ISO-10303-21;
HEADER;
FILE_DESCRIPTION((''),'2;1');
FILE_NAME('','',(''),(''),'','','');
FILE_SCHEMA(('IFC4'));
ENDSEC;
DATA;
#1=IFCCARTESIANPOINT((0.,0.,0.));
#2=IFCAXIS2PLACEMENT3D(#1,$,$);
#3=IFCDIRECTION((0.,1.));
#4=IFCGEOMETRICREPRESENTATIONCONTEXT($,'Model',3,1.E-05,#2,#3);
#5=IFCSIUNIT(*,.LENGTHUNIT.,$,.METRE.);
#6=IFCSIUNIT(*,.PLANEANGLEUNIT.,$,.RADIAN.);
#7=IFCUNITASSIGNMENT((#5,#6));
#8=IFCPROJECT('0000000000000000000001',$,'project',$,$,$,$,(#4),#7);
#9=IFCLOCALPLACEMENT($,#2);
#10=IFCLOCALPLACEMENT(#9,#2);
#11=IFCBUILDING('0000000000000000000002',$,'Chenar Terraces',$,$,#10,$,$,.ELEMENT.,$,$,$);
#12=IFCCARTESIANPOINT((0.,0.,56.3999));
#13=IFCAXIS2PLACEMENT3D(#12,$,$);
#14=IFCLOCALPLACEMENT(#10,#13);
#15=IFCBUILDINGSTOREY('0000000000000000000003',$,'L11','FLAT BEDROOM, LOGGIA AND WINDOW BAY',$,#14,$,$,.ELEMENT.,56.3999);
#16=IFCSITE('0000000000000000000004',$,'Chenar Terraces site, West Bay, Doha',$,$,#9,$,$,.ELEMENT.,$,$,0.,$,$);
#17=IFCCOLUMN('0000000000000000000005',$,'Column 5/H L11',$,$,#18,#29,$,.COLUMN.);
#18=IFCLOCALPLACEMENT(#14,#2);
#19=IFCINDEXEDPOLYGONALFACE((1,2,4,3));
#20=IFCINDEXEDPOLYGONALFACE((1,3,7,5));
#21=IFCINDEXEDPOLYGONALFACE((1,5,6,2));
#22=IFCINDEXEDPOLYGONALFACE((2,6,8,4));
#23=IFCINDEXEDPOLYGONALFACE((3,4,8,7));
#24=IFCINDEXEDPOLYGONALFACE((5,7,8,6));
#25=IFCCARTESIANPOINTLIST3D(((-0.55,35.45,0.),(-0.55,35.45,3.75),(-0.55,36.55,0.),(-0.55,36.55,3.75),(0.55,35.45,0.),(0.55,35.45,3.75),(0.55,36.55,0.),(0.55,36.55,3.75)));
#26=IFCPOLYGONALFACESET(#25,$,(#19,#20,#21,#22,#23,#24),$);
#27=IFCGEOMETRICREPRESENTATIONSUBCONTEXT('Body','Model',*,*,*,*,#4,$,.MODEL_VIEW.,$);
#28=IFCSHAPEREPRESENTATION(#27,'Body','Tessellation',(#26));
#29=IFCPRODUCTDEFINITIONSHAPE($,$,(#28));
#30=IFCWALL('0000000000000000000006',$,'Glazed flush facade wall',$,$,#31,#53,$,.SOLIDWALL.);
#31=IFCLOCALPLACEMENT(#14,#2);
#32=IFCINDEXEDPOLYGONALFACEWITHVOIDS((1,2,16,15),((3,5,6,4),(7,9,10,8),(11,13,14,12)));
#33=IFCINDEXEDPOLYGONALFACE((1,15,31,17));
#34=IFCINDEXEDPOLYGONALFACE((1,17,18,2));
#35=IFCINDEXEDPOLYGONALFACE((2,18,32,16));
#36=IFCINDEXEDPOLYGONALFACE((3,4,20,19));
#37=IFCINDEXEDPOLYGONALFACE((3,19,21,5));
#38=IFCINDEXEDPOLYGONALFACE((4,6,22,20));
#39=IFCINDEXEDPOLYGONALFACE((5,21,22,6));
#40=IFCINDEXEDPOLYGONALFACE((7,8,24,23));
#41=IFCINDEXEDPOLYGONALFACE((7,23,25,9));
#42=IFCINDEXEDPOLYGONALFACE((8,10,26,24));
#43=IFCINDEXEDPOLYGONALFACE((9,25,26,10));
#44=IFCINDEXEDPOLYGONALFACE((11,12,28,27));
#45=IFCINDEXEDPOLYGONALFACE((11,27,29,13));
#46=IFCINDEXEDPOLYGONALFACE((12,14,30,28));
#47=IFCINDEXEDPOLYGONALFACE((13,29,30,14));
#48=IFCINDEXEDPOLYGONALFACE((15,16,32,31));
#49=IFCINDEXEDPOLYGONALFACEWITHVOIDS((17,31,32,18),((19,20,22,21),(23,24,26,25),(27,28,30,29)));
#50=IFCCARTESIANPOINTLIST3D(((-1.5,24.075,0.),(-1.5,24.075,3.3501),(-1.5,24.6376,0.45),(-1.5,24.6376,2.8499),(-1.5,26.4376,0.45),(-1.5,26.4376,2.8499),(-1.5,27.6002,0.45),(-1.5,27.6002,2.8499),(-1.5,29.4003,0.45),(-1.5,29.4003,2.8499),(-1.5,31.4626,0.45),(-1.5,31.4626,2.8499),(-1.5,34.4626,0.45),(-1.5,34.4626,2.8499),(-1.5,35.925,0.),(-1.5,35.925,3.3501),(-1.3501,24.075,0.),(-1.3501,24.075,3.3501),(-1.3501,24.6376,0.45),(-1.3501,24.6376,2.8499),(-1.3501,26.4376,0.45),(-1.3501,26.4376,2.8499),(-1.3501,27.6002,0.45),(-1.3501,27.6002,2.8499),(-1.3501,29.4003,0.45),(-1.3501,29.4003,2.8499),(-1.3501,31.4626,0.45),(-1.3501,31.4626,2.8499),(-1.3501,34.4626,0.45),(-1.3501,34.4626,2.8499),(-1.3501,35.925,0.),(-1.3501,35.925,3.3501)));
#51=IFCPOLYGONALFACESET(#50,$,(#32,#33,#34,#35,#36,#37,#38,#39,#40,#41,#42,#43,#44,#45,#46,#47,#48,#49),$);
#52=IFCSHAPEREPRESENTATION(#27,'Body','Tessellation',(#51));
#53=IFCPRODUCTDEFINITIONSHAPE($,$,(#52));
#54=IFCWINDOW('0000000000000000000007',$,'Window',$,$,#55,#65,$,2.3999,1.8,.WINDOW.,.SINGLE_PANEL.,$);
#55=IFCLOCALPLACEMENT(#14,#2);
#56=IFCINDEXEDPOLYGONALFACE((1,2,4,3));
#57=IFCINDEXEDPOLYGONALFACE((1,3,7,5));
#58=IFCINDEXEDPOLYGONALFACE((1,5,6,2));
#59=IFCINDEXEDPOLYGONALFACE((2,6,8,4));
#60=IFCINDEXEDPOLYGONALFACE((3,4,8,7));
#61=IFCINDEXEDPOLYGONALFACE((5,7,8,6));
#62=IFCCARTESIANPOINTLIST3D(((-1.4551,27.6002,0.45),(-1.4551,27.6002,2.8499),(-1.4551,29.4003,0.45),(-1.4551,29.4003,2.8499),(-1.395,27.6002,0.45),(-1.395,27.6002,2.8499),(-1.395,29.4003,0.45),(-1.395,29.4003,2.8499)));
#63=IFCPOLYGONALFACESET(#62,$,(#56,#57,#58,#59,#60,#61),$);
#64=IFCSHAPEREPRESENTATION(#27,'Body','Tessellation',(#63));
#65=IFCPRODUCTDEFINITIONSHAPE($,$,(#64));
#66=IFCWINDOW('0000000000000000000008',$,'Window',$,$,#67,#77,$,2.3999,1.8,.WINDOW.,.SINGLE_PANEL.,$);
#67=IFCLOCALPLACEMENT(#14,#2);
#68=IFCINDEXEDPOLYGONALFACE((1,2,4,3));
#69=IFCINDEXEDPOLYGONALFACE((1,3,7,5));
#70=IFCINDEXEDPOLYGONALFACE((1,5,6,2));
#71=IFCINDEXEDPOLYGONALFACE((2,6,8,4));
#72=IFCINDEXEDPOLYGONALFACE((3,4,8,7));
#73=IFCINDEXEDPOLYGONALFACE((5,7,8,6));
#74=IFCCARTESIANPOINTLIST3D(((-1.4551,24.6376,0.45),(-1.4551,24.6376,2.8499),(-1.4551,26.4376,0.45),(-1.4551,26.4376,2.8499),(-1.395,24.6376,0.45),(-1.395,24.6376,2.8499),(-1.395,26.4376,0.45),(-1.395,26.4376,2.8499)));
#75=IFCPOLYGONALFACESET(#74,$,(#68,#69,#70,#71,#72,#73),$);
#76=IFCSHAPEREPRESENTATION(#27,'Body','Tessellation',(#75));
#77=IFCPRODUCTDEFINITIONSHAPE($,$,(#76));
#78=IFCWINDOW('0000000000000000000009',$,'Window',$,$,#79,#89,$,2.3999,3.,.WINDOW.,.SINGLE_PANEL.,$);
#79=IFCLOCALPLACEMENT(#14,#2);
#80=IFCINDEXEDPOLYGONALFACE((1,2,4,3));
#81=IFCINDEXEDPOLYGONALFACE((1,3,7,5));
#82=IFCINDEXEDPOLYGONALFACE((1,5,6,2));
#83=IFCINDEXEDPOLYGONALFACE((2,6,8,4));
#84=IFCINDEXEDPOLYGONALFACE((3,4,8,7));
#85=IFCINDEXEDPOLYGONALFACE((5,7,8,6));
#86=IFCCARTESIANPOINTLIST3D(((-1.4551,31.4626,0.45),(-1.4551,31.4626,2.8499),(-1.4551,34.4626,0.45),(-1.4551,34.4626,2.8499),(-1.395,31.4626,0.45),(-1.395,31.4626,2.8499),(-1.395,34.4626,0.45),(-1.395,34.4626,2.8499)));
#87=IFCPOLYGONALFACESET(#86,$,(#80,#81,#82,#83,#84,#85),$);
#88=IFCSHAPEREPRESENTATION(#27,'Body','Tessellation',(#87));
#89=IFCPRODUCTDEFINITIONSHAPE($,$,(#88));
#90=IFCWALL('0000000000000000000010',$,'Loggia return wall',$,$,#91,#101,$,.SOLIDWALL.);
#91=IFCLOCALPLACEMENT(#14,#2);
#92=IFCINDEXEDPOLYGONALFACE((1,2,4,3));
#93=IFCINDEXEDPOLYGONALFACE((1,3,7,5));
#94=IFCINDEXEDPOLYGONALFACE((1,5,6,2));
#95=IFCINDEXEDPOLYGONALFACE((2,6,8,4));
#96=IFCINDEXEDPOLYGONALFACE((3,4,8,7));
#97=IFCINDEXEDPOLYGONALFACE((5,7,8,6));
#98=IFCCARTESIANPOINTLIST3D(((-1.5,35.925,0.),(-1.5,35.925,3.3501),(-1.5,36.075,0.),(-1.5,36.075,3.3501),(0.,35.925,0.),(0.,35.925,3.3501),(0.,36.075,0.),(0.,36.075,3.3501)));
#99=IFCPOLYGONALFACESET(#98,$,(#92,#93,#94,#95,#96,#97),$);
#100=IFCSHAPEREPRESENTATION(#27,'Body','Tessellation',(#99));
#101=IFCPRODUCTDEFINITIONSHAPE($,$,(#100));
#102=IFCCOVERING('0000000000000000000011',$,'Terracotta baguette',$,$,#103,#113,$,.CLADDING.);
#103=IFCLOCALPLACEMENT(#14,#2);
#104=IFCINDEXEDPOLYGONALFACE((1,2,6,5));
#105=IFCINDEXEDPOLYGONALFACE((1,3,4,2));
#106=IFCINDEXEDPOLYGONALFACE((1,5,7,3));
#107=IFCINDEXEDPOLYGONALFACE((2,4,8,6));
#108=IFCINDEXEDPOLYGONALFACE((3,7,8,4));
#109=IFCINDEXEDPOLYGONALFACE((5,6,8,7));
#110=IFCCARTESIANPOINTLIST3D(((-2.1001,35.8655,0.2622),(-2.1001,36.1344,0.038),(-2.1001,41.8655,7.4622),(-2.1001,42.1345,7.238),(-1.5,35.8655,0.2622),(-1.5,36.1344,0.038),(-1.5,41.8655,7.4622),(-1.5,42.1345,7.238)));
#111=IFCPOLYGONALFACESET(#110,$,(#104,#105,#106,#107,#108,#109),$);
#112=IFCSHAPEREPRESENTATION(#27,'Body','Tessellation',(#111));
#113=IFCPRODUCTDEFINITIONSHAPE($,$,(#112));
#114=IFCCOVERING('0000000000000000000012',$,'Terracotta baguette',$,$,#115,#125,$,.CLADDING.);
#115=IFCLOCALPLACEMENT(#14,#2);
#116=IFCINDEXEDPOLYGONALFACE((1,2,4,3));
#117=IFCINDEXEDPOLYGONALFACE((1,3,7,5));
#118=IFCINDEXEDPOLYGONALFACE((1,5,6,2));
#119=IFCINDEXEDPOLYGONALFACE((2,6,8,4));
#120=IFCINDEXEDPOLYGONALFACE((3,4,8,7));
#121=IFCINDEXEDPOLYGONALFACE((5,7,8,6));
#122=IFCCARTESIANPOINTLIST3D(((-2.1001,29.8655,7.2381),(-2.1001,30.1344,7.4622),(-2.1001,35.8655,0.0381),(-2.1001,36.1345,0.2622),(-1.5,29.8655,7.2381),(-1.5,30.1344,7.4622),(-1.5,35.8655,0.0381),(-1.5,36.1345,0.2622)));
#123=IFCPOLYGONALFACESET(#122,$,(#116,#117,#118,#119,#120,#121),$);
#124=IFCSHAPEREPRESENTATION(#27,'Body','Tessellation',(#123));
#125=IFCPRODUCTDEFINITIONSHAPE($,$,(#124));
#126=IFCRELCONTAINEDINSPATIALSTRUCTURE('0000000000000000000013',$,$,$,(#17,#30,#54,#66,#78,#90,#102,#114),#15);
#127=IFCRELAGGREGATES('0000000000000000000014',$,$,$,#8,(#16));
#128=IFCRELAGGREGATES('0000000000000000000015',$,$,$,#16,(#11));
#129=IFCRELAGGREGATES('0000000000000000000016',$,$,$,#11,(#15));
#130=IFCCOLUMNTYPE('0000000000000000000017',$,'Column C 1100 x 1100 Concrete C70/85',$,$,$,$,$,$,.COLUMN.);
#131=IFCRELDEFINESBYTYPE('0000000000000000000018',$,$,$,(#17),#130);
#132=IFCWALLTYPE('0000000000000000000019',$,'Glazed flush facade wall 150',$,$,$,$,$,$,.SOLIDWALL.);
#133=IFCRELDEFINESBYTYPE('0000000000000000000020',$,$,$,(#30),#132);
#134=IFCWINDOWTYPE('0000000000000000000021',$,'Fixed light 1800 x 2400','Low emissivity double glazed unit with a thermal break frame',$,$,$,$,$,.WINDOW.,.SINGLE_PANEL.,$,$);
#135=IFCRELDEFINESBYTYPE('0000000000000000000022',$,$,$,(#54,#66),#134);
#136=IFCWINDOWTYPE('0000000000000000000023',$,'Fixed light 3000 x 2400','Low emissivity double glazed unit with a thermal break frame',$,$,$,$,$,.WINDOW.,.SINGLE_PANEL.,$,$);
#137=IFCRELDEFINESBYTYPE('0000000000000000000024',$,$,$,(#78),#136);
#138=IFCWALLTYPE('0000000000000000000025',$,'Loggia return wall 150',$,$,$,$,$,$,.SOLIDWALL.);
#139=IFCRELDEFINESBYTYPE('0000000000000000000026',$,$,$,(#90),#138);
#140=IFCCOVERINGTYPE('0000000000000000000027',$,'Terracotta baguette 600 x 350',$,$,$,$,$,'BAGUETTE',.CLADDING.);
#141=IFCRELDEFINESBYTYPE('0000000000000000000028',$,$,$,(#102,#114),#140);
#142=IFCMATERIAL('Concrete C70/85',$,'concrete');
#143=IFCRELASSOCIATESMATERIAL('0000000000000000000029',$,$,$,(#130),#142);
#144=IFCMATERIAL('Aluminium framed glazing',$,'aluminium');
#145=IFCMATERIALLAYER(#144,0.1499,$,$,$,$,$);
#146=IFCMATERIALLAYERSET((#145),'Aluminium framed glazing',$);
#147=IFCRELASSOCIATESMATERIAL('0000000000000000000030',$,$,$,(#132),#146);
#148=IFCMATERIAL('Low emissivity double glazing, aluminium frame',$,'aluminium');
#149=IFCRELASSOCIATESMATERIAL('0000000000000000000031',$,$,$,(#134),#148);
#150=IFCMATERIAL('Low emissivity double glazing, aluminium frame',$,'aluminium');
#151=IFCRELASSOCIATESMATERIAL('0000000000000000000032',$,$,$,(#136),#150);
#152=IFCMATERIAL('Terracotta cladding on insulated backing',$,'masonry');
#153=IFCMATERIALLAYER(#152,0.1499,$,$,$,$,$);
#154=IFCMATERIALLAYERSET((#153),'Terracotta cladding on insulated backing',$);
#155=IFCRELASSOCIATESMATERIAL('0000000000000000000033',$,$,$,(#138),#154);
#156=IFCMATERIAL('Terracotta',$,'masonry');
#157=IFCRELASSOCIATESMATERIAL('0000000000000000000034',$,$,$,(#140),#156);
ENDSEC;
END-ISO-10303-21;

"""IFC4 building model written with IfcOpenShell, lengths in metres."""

from ifc_helpers import new_model, si_unit, direction, frame, frame_2d, origin, origin_2d, place, context, subcontext, project, spatial, rectangle, extrude, material, layer, layer_set, material_profile, profile_set, type_object, element, fill, save


model = new_model("IFC4")

# Units and contexts
model_context = context("Model", 3, precision=1e-05, world=origin(), true_north=direction((0.0, 1.0)))
body_context = subcontext(model_context, "Body", "Model", "MODEL_VIEW")
ifc_project = project(units=[si_unit("LENGTHUNIT", "METRE"), si_unit("PLANEANGLEUNIT", "RADIAN")], contexts=[model_context])

# Site, building, storey
site_placement = place(None, origin())
site = spatial("IfcSite", under=ifc_project, at=site_placement, Name="Chenar Terraces site, West Bay, Doha", CompositionType="ELEMENT", RefElevation=0.0)
building_placement = place(site_placement, origin())
building = spatial("IfcBuilding", under=site, at=building_placement, Name="Chenar Terraces", CompositionType="ELEMENT")
storey_placement = place(building_placement, frame((0.0, 0.0, 56.3999)))
storey = spatial("IfcBuildingStorey", under=building, at=storey_placement, Name="L11", Description="FLAT BEDROOM, LOGGIA AND WINDOW BAY", CompositionType="ELEMENT", Elevation=56.3999)

# Column
ifc_material_1 = material(Name="Concrete C70/85", Category="concrete")
ifc_material_profile_1 = material_profile(ifc_material_1, rectangle(XDim=1.1001, YDim=1.1001, at=origin_2d()), Name="C 1100 x 1100")
ifc_profile_set_1 = profile_set([ifc_material_profile_1], Name="Concrete C70/85")
column_type = type_object("IfcColumnType", Name="Column C 1100 x 1100 Concrete C70/85", PredefinedType="COLUMN", material=ifc_profile_set_1)
column_placement = place(storey_placement, frame((0.0, 36.0, 0.0), z_axis=(0.0, 0.0, 1.0), x_axis=(1.0, 0.0, 0.0)))
element("IfcColumn", 1, at=column_placement, inside=storey, type_object=column_type, Name="Column 5/H L11", PredefinedType="COLUMN", context=body_context, shape_type="SweptSolid", body=[
    extrude(rectangle(XDim=1.1001, YDim=1.1001, at=origin_2d()), origin(), (0.0, 0.0, 1.0), 3.75),
])

# Wall, openings, windows
ifc_material_2 = material(Name="Aluminium framed glazing", Category="aluminium")
ifc_layer_1 = layer(ifc_material_2, 0.1499)
ifc_layer_set_1 = layer_set([ifc_layer_1], Name="Aluminium framed glazing")
wall_type_1 = type_object("IfcWallType", Name="Glazed flush facade wall 150", PredefinedType="SOLIDWALL", material=ifc_layer_set_1)
wall_1_placement = place(storey_placement, frame((-1.425, 35.925, 0.0), z_axis=(0.0, 0.0, 1.0), x_axis=(0.0, -1.0, 0.0)))
wall_1 = element("IfcWall", 2, at=wall_1_placement, inside=storey, type_object=wall_type_1, Name="Glazed flush facade wall", PredefinedType="SOLIDWALL", context=body_context, shape_type="SweptSolid", body=[
    extrude(rectangle(XDim=11.8501, YDim=0.1499, at=frame_2d((5.925, 0.0))), origin(), (0.0, 0.0, 1.0), 3.3501),
])
opening_1_placement = place(wall_1_placement, frame((1.4624, 0.0, 0.45)))
opening_1 = element("IfcOpeningElement", 3, at=opening_1_placement, cuts=wall_1, PredefinedType="OPENING", context=body_context, shape_type="SweptSolid", body=[
    extrude(rectangle(XDim=3.0, YDim=2.3999, at=frame_2d((1.5, 1.2))), frame((0.0, 0.085, 0.0), z_axis=(0.0, -1.0, 0.0), x_axis=(1.0, 0.0, 0.0)), (0.0, 0.0, 1.0), 0.1699),
])
opening_2_placement = place(wall_1_placement, frame((6.5249, 0.0, 0.45)))
opening_2 = element("IfcOpeningElement", 4, at=opening_2_placement, cuts=wall_1, PredefinedType="OPENING", context=body_context, shape_type="SweptSolid", body=[
    extrude(rectangle(XDim=1.8, YDim=2.3999, at=frame_2d((0.8999, 1.2))), frame((0.0, 0.085, 0.0), z_axis=(0.0, -1.0, 0.0), x_axis=(1.0, 0.0, 0.0)), (0.0, 0.0, 1.0), 0.1699),
])
opening_3_placement = place(wall_1_placement, frame((9.4875, 0.0, 0.45)))
opening_3 = element("IfcOpeningElement", 5, at=opening_3_placement, cuts=wall_1, PredefinedType="OPENING", context=body_context, shape_type="SweptSolid", body=[
    extrude(rectangle(XDim=1.8, YDim=2.3999, at=frame_2d((0.8999, 1.2))), frame((0.0, 0.085, 0.0), z_axis=(0.0, -1.0, 0.0), x_axis=(1.0, 0.0, 0.0)), (0.0, 0.0, 1.0), 0.1699),
])
ifc_material_3 = material(Name="Low emissivity double glazing, aluminium frame", Category="aluminium")
window_type_1 = type_object("IfcWindowType", Name="Fixed light 1800 x 2400", Description="Low emissivity double glazed unit with a thermal break frame", PartitioningType="SINGLE_PANEL", PredefinedType="WINDOW", material=ifc_material_3)
window_1_placement = place(opening_2_placement, origin())
window_1 = element("IfcWindow", 6, at=window_1_placement, inside=storey, type_object=window_type_1, Name="Window", OverallHeight=2.3999, OverallWidth=1.8, PartitioningType="SINGLE_PANEL", PredefinedType="WINDOW", context=body_context, shape_type="SweptSolid", body=[
    extrude(rectangle(XDim=1.8, YDim=2.3999, at=frame_2d((0.8999, 1.2))), frame((0.0, 0.03, 0.0), z_axis=(0.0, -1.0, 0.0), x_axis=(1.0, 0.0, 0.0)), (0.0, 0.0, 1.0), 0.0601),
])
fill(opening_2, window_1)
window_2_placement = place(opening_3_placement, origin())
window_2 = element("IfcWindow", 7, at=window_2_placement, inside=storey, type_object=window_type_1, Name="Window", OverallHeight=2.3999, OverallWidth=1.8, PartitioningType="SINGLE_PANEL", PredefinedType="WINDOW", context=body_context, shape_type="SweptSolid", body=[
    extrude(rectangle(XDim=1.8, YDim=2.3999, at=frame_2d((0.8999, 1.2))), frame((0.0, 0.03, 0.0), z_axis=(0.0, -1.0, 0.0), x_axis=(1.0, 0.0, 0.0)), (0.0, 0.0, 1.0), 0.0601),
])
fill(opening_3, window_2)
ifc_material_4 = material(Name="Low emissivity double glazing, aluminium frame", Category="aluminium")
window_type_2 = type_object("IfcWindowType", Name="Fixed light 3000 x 2400", Description="Low emissivity double glazed unit with a thermal break frame", PartitioningType="SINGLE_PANEL", PredefinedType="WINDOW", material=ifc_material_4)
window_3_placement = place(opening_1_placement, origin())
window_3 = element("IfcWindow", 8, at=window_3_placement, inside=storey, type_object=window_type_2, Name="Window", OverallHeight=2.3999, OverallWidth=3.0, PartitioningType="SINGLE_PANEL", PredefinedType="WINDOW", context=body_context, shape_type="SweptSolid", body=[
    extrude(rectangle(XDim=3.0, YDim=2.3999, at=frame_2d((1.5, 1.2))), frame((0.0, 0.03, 0.0), z_axis=(0.0, -1.0, 0.0), x_axis=(1.0, 0.0, 0.0)), (0.0, 0.0, 1.0), 0.0601),
])
fill(opening_1, window_3)

# Wall
ifc_material_5 = material(Name="Terracotta cladding on insulated backing", Category="masonry")
ifc_layer_2 = layer(ifc_material_5, 0.1499)
ifc_layer_set_2 = layer_set([ifc_layer_2], Name="Terracotta cladding on insulated backing")
wall_type_2 = type_object("IfcWallType", Name="Loggia return wall 150", PredefinedType="SOLIDWALL", material=ifc_layer_set_2)
wall_2_placement = place(storey_placement, frame((-1.5, 36.0, 0.0), z_axis=(0.0, 0.0, 1.0), x_axis=(1.0, 0.0, 0.0)))
element("IfcWall", 9, at=wall_2_placement, inside=storey, type_object=wall_type_2, Name="Loggia return wall", PredefinedType="SOLIDWALL", context=body_context, shape_type="SweptSolid", body=[
    extrude(rectangle(XDim=1.5, YDim=0.1499, at=frame_2d((0.75, 0.0))), origin(), (0.0, 0.0, 1.0), 3.3501),
])

# Coverings
ifc_material_6 = material(Name="Terracotta", Category="masonry")
ifc_material_profile_2 = material_profile(ifc_material_6, rectangle(XDim=0.6001, YDim=0.3501, at=origin_2d()), Name="Terracotta baguette 600 x 350")
ifc_profile_set_2 = profile_set([ifc_material_profile_2], Name="Terracotta")
covering_type = type_object("IfcCoveringType", Name="Terracotta baguette 600 x 350", ElementType="BAGUETTE", PredefinedType="CLADDING", material=ifc_profile_set_2)
for number, where, z_axis, x_axis, name in (
    (10, (-1.8, 42.0, 7.3501), (0.0, -0.640187, -0.768219), (1.0, 0.0, 0.0), "Terracotta baguette"),
    (11, (-1.8, 36.0, 0.1501), (0.0, -0.640187, 0.768219), (1.0, 0.0, 0.0), "Terracotta baguette"),
):
    element("IfcCovering", number, at=place(storey_placement, frame(where, z_axis=z_axis, x_axis=x_axis)), inside=storey, type_object=covering_type, Name=name, PredefinedType="CLADDING", context=body_context, shape_type="SweptSolid", body=[
        extrude(rectangle(XDim=0.6001, YDim=0.3501, at=origin_2d()), origin(), (0.0, 0.0, 1.0), 9.3723),
    ])

save(model, "model.ifc")
